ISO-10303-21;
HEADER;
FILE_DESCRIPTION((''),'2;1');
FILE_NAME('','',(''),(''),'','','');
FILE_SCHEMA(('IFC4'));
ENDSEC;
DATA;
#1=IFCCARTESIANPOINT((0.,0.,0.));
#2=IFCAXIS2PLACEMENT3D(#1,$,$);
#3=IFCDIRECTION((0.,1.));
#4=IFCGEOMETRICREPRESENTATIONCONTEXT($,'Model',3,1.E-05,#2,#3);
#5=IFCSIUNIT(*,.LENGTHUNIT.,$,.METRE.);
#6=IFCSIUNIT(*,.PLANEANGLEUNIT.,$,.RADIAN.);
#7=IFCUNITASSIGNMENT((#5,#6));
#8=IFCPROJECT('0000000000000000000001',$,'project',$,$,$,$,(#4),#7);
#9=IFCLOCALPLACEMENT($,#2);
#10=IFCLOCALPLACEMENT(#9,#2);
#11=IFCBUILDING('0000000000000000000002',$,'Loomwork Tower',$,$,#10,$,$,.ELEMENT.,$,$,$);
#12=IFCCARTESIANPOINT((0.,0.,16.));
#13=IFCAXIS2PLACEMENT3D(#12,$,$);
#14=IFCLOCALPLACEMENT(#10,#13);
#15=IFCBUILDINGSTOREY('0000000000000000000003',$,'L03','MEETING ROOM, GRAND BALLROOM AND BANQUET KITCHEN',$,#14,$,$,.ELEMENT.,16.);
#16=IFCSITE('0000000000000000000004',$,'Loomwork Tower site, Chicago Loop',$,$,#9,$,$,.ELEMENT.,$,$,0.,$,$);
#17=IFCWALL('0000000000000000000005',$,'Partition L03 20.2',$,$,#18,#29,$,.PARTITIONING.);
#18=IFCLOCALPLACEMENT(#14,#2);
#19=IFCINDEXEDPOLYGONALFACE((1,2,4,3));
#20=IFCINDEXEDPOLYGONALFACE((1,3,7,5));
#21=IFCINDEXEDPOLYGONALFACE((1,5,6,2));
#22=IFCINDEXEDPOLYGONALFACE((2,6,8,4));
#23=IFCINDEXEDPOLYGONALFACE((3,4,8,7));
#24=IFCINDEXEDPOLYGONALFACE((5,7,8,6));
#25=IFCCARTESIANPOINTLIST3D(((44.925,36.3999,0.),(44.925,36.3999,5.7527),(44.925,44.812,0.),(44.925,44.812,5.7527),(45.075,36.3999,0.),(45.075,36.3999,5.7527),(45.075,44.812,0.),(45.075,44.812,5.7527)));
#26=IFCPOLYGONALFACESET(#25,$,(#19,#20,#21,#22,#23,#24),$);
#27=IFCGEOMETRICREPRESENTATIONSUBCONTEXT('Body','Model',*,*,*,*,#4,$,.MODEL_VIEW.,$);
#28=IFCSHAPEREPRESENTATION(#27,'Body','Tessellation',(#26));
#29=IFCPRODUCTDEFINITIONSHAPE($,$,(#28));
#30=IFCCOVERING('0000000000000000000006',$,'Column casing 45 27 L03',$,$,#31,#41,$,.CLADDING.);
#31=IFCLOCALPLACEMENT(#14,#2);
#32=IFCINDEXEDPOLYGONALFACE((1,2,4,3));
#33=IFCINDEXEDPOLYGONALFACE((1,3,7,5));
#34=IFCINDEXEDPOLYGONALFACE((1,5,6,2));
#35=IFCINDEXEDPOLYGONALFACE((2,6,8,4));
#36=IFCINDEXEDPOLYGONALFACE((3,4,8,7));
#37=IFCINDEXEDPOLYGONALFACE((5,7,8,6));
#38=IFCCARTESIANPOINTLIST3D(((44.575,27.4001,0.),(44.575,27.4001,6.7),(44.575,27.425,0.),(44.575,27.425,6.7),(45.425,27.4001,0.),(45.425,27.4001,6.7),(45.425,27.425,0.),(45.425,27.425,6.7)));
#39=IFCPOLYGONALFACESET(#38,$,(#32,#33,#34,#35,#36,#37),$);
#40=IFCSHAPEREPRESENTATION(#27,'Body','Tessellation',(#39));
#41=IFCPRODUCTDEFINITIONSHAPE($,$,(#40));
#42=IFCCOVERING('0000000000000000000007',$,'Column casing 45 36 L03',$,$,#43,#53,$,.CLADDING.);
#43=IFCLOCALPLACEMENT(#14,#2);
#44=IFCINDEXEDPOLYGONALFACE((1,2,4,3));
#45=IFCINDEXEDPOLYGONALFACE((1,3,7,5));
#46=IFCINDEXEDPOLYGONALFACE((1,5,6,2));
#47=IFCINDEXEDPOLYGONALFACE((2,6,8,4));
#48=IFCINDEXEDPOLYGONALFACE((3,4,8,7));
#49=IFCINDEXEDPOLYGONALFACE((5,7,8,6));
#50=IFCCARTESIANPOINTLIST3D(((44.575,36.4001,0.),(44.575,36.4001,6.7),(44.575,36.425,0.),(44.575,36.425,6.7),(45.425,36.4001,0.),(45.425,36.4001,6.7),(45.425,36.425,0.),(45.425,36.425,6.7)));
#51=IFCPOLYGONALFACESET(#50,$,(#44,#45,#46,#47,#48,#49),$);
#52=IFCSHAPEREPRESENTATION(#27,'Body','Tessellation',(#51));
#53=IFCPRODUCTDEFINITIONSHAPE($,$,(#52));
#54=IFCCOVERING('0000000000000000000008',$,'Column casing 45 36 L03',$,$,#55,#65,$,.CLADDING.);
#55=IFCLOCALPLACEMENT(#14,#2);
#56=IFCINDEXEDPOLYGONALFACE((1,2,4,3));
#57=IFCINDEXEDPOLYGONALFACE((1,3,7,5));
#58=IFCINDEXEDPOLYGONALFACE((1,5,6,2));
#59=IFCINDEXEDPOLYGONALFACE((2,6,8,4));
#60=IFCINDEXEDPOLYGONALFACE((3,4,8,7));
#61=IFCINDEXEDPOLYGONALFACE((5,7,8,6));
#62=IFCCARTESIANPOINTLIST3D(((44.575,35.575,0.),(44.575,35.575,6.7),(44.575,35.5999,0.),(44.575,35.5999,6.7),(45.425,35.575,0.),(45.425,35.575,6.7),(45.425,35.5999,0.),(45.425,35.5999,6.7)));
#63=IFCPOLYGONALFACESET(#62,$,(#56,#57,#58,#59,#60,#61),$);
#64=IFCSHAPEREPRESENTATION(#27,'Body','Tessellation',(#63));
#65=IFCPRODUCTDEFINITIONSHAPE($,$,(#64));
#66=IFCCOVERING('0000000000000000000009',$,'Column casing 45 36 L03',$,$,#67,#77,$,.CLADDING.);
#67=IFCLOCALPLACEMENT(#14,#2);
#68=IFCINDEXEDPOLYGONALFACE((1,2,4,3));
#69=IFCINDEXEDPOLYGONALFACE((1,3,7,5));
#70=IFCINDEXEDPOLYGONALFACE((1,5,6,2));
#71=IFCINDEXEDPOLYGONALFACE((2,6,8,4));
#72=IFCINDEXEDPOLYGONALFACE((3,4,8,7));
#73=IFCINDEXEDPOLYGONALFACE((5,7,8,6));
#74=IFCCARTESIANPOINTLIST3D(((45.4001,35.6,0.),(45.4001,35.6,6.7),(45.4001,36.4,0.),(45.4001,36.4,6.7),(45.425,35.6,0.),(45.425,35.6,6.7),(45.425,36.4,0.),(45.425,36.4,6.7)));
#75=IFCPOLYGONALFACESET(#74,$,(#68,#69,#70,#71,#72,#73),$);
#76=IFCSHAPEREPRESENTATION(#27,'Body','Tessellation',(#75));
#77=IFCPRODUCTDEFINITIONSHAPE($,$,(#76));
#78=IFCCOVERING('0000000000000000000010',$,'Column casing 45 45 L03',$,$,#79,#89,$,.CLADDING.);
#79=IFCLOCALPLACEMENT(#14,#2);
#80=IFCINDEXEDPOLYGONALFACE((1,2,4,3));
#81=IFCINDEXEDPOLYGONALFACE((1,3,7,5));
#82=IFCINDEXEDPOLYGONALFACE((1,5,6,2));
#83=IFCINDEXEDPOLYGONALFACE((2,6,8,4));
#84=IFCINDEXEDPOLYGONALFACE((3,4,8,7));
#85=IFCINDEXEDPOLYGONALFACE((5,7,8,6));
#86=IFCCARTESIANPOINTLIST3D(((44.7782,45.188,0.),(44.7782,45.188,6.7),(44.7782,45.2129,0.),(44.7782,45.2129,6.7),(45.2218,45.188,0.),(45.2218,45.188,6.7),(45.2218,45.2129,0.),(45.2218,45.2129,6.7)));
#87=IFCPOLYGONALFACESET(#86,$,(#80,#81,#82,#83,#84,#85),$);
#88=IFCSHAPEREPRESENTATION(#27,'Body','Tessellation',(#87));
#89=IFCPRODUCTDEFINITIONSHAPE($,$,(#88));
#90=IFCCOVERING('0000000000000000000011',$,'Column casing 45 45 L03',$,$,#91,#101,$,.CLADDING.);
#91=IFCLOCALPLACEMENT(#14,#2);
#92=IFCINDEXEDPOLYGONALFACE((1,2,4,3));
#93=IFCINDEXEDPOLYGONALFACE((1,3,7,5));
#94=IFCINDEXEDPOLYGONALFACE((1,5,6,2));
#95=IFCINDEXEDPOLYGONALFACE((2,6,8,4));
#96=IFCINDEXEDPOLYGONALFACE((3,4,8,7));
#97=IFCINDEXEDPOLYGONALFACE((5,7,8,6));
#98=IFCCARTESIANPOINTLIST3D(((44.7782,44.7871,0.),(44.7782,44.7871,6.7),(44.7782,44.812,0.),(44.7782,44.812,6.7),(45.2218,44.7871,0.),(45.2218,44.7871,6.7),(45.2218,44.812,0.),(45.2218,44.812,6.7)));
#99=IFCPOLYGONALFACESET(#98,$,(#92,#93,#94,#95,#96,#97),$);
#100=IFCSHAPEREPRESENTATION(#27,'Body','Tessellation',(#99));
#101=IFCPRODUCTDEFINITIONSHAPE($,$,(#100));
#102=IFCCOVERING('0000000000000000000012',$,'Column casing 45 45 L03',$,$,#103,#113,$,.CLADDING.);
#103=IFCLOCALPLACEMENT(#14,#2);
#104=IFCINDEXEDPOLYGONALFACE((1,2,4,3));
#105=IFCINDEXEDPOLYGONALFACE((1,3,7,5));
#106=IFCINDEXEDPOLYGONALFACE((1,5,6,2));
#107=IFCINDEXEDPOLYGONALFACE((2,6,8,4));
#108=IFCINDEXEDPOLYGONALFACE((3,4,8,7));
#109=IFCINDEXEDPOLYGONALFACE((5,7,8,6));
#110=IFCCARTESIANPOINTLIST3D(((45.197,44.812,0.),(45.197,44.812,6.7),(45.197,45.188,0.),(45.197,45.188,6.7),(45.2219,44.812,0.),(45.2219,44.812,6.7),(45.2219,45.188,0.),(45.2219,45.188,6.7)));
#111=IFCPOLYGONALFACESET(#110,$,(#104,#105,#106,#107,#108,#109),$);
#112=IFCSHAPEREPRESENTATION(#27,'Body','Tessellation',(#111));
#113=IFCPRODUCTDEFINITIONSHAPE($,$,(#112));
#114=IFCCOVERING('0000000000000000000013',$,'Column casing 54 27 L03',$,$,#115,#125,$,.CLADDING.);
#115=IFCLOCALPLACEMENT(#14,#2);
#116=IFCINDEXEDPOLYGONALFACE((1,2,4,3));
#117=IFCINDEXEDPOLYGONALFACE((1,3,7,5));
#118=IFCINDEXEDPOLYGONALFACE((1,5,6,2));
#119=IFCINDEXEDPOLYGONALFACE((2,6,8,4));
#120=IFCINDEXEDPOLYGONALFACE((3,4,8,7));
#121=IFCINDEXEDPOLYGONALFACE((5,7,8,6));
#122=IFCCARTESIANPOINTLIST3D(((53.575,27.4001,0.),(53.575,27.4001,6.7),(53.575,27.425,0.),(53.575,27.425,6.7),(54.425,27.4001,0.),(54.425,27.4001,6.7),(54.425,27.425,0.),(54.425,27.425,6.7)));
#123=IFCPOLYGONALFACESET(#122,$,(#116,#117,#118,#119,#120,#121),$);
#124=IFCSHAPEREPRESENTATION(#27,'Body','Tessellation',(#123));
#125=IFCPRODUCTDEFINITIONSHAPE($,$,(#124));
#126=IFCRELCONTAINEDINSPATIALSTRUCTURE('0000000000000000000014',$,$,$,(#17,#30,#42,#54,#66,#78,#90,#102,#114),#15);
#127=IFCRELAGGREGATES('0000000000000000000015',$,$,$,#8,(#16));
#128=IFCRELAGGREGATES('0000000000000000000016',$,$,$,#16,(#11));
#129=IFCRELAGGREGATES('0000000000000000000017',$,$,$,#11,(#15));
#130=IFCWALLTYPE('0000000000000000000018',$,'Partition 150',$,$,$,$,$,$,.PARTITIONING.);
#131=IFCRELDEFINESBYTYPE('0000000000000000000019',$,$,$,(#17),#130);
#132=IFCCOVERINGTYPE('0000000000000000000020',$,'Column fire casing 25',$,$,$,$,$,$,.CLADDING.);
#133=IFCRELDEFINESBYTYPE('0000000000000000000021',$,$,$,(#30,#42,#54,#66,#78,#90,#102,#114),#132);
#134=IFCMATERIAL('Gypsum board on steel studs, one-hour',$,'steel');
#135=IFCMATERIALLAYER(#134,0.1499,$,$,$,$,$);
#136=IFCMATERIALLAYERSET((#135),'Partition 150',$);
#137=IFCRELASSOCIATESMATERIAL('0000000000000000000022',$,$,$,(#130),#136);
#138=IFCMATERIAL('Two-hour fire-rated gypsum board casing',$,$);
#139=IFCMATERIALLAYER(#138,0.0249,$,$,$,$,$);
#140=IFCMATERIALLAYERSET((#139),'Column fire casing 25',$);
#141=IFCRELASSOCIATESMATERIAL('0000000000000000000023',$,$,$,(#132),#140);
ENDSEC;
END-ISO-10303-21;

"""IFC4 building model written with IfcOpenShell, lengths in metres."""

from ifc_helpers import new_model, si_unit, direction, frame, frame_2d, origin, origin_2d, place, context, subcontext, project, spatial, rectangle, extrude, material, layer, layer_set, type_object, element, save


model = new_model("IFC4")

# Units and contexts
model_context = context("Model", 3, precision=1e-05, world=origin(), true_north=direction((0.0, 1.0)))
body_context = subcontext(model_context, "Body", "Model", "MODEL_VIEW")
ifc_project = project(units=[si_unit("LENGTHUNIT", "METRE"), si_unit("PLANEANGLEUNIT", "RADIAN")], contexts=[model_context])

# Site, building, storey
site_placement = place(None, origin())
site = spatial("IfcSite", under=ifc_project, at=site_placement, Name="Loomwork Tower site, Chicago Loop", CompositionType="ELEMENT", RefElevation=0.0)
building_placement = place(site_placement, origin())
building = spatial("IfcBuilding", under=site, at=building_placement, Name="Loomwork Tower", CompositionType="ELEMENT")
storey_placement = place(building_placement, frame((0.0, 0.0, 16.0)))
storey = spatial("IfcBuildingStorey", under=building, at=storey_placement, Name="L03", Description="MEETING ROOM, GRAND BALLROOM AND BANQUET KITCHEN", CompositionType="ELEMENT", Elevation=16.0)

# Wall
ifc_material_1 = material(Name="Gypsum board on steel studs, one-hour", Category="steel")
ifc_layer_1 = layer(ifc_material_1, 0.1499)
ifc_layer_set_1 = layer_set([ifc_layer_1], Name="Partition 150")
wall_type = type_object("IfcWallType", Name="Partition 150", PredefinedType="PARTITIONING", material=ifc_layer_set_1)
wall_1_placement = place(storey_placement, frame((45.0, 36.3999, 0.0), z_axis=(0.0, 0.0, 1.0), x_axis=(0.0, 1.0, 0.0)))
element("IfcWall", 1, at=wall_1_placement, inside=storey, type_object=wall_type, Name="Partition L03 20.2", PredefinedType="PARTITIONING", context=body_context, shape_type="SweptSolid", body=[
    extrude(rectangle(XDim=8.4121, YDim=0.1499, at=frame_2d((4.2061, 0.0))), origin(), (0.0, 0.0, 1.0), 5.7527),
])

# Coverings
ifc_material_2 = material(Name="Two-hour fire-rated gypsum board casing")
ifc_layer_2 = layer(ifc_material_2, 0.0249)
ifc_layer_set_2 = layer_set([ifc_layer_2], Name="Column fire casing 25")
covering_type = type_object("IfcCoveringType", Name="Column fire casing 25", PredefinedType="CLADDING", material=ifc_layer_set_2)
for number, where, z_axis, x_axis, name in (
    (2, (45.0, 27.4126, 0.0), (0.0, 0.0, 1.0), (1.0, 0.0, 0.0), "Column casing 45 27 L03"),
    (3, (45.0, 36.4126, 0.0), (0.0, 0.0, 1.0), (1.0, 0.0, 0.0), "Column casing 45 36 L03"),
    (4, (45.0, 35.5874, 0.0), (0.0, 0.0, 1.0), (1.0, 0.0, 0.0), "Column casing 45 36 L03"),
):
    element("IfcCovering", number, at=place(storey_placement, frame(where, z_axis=z_axis, x_axis=x_axis)), inside=storey, type_object=covering_type, Name=name, PredefinedType="CLADDING", context=body_context, shape_type="SweptSolid", body=[
        extrude(rectangle(XDim=0.8501, YDim=0.0249, at=origin_2d()), origin(), (0.0, 0.0, 1.0), 6.7),
    ])
covering_1_placement = place(storey_placement, frame((45.4126, 36.0, 0.0), z_axis=(0.0, 0.0, 1.0), x_axis=(1.0, 0.0, 0.0)))
element("IfcCovering", 5, at=covering_1_placement, inside=storey, type_object=covering_type, Name="Column casing 45 36 L03", PredefinedType="CLADDING", context=body_context, shape_type="SweptSolid", body=[
    extrude(rectangle(XDim=0.0249, YDim=0.8, at=origin_2d()), origin(), (0.0, 0.0, 1.0), 6.7),
])
for number, where, z_axis, x_axis, name in (
    (6, (45.0, 45.2004, 0.0), (0.0, 0.0, 1.0), (1.0, 0.0, 0.0), "Column casing 45 45 L03"),
    (7, (45.0, 44.7996, 0.0), (0.0, 0.0, 1.0), (1.0, 0.0, 0.0), "Column casing 45 45 L03"),
):
    element("IfcCovering", number, at=place(storey_placement, frame(where, z_axis=z_axis, x_axis=x_axis)), inside=storey, type_object=covering_type, Name=name, PredefinedType="CLADDING", context=body_context, shape_type="SweptSolid", body=[
        extrude(rectangle(XDim=0.4436, YDim=0.0249, at=origin_2d()), origin(), (0.0, 0.0, 1.0), 6.7),
    ])
covering_2_placement = place(storey_placement, frame((45.2095, 45.0, 0.0), z_axis=(0.0, 0.0, 1.0), x_axis=(1.0, 0.0, 0.0)))
element("IfcCovering", 8, at=covering_2_placement, inside=storey, type_object=covering_type, Name="Column casing 45 45 L03", PredefinedType="CLADDING", context=body_context, shape_type="SweptSolid", body=[
    extrude(rectangle(XDim=0.0249, YDim=0.376, at=origin_2d()), origin(), (0.0, 0.0, 1.0), 6.7),
])
covering_3_placement = place(storey_placement, frame((54.0, 27.4126, 0.0), z_axis=(0.0, 0.0, 1.0), x_axis=(1.0, 0.0, 0.0)))
element("IfcCovering", 9, at=covering_3_placement, inside=storey, type_object=covering_type, Name="Column casing 54 27 L03", PredefinedType="CLADDING", context=body_context, shape_type="SweptSolid", body=[
    extrude(rectangle(XDim=0.8501, YDim=0.0249, at=origin_2d()), origin(), (0.0, 0.0, 1.0), 6.7),
])

save(model, "model.ifc")
